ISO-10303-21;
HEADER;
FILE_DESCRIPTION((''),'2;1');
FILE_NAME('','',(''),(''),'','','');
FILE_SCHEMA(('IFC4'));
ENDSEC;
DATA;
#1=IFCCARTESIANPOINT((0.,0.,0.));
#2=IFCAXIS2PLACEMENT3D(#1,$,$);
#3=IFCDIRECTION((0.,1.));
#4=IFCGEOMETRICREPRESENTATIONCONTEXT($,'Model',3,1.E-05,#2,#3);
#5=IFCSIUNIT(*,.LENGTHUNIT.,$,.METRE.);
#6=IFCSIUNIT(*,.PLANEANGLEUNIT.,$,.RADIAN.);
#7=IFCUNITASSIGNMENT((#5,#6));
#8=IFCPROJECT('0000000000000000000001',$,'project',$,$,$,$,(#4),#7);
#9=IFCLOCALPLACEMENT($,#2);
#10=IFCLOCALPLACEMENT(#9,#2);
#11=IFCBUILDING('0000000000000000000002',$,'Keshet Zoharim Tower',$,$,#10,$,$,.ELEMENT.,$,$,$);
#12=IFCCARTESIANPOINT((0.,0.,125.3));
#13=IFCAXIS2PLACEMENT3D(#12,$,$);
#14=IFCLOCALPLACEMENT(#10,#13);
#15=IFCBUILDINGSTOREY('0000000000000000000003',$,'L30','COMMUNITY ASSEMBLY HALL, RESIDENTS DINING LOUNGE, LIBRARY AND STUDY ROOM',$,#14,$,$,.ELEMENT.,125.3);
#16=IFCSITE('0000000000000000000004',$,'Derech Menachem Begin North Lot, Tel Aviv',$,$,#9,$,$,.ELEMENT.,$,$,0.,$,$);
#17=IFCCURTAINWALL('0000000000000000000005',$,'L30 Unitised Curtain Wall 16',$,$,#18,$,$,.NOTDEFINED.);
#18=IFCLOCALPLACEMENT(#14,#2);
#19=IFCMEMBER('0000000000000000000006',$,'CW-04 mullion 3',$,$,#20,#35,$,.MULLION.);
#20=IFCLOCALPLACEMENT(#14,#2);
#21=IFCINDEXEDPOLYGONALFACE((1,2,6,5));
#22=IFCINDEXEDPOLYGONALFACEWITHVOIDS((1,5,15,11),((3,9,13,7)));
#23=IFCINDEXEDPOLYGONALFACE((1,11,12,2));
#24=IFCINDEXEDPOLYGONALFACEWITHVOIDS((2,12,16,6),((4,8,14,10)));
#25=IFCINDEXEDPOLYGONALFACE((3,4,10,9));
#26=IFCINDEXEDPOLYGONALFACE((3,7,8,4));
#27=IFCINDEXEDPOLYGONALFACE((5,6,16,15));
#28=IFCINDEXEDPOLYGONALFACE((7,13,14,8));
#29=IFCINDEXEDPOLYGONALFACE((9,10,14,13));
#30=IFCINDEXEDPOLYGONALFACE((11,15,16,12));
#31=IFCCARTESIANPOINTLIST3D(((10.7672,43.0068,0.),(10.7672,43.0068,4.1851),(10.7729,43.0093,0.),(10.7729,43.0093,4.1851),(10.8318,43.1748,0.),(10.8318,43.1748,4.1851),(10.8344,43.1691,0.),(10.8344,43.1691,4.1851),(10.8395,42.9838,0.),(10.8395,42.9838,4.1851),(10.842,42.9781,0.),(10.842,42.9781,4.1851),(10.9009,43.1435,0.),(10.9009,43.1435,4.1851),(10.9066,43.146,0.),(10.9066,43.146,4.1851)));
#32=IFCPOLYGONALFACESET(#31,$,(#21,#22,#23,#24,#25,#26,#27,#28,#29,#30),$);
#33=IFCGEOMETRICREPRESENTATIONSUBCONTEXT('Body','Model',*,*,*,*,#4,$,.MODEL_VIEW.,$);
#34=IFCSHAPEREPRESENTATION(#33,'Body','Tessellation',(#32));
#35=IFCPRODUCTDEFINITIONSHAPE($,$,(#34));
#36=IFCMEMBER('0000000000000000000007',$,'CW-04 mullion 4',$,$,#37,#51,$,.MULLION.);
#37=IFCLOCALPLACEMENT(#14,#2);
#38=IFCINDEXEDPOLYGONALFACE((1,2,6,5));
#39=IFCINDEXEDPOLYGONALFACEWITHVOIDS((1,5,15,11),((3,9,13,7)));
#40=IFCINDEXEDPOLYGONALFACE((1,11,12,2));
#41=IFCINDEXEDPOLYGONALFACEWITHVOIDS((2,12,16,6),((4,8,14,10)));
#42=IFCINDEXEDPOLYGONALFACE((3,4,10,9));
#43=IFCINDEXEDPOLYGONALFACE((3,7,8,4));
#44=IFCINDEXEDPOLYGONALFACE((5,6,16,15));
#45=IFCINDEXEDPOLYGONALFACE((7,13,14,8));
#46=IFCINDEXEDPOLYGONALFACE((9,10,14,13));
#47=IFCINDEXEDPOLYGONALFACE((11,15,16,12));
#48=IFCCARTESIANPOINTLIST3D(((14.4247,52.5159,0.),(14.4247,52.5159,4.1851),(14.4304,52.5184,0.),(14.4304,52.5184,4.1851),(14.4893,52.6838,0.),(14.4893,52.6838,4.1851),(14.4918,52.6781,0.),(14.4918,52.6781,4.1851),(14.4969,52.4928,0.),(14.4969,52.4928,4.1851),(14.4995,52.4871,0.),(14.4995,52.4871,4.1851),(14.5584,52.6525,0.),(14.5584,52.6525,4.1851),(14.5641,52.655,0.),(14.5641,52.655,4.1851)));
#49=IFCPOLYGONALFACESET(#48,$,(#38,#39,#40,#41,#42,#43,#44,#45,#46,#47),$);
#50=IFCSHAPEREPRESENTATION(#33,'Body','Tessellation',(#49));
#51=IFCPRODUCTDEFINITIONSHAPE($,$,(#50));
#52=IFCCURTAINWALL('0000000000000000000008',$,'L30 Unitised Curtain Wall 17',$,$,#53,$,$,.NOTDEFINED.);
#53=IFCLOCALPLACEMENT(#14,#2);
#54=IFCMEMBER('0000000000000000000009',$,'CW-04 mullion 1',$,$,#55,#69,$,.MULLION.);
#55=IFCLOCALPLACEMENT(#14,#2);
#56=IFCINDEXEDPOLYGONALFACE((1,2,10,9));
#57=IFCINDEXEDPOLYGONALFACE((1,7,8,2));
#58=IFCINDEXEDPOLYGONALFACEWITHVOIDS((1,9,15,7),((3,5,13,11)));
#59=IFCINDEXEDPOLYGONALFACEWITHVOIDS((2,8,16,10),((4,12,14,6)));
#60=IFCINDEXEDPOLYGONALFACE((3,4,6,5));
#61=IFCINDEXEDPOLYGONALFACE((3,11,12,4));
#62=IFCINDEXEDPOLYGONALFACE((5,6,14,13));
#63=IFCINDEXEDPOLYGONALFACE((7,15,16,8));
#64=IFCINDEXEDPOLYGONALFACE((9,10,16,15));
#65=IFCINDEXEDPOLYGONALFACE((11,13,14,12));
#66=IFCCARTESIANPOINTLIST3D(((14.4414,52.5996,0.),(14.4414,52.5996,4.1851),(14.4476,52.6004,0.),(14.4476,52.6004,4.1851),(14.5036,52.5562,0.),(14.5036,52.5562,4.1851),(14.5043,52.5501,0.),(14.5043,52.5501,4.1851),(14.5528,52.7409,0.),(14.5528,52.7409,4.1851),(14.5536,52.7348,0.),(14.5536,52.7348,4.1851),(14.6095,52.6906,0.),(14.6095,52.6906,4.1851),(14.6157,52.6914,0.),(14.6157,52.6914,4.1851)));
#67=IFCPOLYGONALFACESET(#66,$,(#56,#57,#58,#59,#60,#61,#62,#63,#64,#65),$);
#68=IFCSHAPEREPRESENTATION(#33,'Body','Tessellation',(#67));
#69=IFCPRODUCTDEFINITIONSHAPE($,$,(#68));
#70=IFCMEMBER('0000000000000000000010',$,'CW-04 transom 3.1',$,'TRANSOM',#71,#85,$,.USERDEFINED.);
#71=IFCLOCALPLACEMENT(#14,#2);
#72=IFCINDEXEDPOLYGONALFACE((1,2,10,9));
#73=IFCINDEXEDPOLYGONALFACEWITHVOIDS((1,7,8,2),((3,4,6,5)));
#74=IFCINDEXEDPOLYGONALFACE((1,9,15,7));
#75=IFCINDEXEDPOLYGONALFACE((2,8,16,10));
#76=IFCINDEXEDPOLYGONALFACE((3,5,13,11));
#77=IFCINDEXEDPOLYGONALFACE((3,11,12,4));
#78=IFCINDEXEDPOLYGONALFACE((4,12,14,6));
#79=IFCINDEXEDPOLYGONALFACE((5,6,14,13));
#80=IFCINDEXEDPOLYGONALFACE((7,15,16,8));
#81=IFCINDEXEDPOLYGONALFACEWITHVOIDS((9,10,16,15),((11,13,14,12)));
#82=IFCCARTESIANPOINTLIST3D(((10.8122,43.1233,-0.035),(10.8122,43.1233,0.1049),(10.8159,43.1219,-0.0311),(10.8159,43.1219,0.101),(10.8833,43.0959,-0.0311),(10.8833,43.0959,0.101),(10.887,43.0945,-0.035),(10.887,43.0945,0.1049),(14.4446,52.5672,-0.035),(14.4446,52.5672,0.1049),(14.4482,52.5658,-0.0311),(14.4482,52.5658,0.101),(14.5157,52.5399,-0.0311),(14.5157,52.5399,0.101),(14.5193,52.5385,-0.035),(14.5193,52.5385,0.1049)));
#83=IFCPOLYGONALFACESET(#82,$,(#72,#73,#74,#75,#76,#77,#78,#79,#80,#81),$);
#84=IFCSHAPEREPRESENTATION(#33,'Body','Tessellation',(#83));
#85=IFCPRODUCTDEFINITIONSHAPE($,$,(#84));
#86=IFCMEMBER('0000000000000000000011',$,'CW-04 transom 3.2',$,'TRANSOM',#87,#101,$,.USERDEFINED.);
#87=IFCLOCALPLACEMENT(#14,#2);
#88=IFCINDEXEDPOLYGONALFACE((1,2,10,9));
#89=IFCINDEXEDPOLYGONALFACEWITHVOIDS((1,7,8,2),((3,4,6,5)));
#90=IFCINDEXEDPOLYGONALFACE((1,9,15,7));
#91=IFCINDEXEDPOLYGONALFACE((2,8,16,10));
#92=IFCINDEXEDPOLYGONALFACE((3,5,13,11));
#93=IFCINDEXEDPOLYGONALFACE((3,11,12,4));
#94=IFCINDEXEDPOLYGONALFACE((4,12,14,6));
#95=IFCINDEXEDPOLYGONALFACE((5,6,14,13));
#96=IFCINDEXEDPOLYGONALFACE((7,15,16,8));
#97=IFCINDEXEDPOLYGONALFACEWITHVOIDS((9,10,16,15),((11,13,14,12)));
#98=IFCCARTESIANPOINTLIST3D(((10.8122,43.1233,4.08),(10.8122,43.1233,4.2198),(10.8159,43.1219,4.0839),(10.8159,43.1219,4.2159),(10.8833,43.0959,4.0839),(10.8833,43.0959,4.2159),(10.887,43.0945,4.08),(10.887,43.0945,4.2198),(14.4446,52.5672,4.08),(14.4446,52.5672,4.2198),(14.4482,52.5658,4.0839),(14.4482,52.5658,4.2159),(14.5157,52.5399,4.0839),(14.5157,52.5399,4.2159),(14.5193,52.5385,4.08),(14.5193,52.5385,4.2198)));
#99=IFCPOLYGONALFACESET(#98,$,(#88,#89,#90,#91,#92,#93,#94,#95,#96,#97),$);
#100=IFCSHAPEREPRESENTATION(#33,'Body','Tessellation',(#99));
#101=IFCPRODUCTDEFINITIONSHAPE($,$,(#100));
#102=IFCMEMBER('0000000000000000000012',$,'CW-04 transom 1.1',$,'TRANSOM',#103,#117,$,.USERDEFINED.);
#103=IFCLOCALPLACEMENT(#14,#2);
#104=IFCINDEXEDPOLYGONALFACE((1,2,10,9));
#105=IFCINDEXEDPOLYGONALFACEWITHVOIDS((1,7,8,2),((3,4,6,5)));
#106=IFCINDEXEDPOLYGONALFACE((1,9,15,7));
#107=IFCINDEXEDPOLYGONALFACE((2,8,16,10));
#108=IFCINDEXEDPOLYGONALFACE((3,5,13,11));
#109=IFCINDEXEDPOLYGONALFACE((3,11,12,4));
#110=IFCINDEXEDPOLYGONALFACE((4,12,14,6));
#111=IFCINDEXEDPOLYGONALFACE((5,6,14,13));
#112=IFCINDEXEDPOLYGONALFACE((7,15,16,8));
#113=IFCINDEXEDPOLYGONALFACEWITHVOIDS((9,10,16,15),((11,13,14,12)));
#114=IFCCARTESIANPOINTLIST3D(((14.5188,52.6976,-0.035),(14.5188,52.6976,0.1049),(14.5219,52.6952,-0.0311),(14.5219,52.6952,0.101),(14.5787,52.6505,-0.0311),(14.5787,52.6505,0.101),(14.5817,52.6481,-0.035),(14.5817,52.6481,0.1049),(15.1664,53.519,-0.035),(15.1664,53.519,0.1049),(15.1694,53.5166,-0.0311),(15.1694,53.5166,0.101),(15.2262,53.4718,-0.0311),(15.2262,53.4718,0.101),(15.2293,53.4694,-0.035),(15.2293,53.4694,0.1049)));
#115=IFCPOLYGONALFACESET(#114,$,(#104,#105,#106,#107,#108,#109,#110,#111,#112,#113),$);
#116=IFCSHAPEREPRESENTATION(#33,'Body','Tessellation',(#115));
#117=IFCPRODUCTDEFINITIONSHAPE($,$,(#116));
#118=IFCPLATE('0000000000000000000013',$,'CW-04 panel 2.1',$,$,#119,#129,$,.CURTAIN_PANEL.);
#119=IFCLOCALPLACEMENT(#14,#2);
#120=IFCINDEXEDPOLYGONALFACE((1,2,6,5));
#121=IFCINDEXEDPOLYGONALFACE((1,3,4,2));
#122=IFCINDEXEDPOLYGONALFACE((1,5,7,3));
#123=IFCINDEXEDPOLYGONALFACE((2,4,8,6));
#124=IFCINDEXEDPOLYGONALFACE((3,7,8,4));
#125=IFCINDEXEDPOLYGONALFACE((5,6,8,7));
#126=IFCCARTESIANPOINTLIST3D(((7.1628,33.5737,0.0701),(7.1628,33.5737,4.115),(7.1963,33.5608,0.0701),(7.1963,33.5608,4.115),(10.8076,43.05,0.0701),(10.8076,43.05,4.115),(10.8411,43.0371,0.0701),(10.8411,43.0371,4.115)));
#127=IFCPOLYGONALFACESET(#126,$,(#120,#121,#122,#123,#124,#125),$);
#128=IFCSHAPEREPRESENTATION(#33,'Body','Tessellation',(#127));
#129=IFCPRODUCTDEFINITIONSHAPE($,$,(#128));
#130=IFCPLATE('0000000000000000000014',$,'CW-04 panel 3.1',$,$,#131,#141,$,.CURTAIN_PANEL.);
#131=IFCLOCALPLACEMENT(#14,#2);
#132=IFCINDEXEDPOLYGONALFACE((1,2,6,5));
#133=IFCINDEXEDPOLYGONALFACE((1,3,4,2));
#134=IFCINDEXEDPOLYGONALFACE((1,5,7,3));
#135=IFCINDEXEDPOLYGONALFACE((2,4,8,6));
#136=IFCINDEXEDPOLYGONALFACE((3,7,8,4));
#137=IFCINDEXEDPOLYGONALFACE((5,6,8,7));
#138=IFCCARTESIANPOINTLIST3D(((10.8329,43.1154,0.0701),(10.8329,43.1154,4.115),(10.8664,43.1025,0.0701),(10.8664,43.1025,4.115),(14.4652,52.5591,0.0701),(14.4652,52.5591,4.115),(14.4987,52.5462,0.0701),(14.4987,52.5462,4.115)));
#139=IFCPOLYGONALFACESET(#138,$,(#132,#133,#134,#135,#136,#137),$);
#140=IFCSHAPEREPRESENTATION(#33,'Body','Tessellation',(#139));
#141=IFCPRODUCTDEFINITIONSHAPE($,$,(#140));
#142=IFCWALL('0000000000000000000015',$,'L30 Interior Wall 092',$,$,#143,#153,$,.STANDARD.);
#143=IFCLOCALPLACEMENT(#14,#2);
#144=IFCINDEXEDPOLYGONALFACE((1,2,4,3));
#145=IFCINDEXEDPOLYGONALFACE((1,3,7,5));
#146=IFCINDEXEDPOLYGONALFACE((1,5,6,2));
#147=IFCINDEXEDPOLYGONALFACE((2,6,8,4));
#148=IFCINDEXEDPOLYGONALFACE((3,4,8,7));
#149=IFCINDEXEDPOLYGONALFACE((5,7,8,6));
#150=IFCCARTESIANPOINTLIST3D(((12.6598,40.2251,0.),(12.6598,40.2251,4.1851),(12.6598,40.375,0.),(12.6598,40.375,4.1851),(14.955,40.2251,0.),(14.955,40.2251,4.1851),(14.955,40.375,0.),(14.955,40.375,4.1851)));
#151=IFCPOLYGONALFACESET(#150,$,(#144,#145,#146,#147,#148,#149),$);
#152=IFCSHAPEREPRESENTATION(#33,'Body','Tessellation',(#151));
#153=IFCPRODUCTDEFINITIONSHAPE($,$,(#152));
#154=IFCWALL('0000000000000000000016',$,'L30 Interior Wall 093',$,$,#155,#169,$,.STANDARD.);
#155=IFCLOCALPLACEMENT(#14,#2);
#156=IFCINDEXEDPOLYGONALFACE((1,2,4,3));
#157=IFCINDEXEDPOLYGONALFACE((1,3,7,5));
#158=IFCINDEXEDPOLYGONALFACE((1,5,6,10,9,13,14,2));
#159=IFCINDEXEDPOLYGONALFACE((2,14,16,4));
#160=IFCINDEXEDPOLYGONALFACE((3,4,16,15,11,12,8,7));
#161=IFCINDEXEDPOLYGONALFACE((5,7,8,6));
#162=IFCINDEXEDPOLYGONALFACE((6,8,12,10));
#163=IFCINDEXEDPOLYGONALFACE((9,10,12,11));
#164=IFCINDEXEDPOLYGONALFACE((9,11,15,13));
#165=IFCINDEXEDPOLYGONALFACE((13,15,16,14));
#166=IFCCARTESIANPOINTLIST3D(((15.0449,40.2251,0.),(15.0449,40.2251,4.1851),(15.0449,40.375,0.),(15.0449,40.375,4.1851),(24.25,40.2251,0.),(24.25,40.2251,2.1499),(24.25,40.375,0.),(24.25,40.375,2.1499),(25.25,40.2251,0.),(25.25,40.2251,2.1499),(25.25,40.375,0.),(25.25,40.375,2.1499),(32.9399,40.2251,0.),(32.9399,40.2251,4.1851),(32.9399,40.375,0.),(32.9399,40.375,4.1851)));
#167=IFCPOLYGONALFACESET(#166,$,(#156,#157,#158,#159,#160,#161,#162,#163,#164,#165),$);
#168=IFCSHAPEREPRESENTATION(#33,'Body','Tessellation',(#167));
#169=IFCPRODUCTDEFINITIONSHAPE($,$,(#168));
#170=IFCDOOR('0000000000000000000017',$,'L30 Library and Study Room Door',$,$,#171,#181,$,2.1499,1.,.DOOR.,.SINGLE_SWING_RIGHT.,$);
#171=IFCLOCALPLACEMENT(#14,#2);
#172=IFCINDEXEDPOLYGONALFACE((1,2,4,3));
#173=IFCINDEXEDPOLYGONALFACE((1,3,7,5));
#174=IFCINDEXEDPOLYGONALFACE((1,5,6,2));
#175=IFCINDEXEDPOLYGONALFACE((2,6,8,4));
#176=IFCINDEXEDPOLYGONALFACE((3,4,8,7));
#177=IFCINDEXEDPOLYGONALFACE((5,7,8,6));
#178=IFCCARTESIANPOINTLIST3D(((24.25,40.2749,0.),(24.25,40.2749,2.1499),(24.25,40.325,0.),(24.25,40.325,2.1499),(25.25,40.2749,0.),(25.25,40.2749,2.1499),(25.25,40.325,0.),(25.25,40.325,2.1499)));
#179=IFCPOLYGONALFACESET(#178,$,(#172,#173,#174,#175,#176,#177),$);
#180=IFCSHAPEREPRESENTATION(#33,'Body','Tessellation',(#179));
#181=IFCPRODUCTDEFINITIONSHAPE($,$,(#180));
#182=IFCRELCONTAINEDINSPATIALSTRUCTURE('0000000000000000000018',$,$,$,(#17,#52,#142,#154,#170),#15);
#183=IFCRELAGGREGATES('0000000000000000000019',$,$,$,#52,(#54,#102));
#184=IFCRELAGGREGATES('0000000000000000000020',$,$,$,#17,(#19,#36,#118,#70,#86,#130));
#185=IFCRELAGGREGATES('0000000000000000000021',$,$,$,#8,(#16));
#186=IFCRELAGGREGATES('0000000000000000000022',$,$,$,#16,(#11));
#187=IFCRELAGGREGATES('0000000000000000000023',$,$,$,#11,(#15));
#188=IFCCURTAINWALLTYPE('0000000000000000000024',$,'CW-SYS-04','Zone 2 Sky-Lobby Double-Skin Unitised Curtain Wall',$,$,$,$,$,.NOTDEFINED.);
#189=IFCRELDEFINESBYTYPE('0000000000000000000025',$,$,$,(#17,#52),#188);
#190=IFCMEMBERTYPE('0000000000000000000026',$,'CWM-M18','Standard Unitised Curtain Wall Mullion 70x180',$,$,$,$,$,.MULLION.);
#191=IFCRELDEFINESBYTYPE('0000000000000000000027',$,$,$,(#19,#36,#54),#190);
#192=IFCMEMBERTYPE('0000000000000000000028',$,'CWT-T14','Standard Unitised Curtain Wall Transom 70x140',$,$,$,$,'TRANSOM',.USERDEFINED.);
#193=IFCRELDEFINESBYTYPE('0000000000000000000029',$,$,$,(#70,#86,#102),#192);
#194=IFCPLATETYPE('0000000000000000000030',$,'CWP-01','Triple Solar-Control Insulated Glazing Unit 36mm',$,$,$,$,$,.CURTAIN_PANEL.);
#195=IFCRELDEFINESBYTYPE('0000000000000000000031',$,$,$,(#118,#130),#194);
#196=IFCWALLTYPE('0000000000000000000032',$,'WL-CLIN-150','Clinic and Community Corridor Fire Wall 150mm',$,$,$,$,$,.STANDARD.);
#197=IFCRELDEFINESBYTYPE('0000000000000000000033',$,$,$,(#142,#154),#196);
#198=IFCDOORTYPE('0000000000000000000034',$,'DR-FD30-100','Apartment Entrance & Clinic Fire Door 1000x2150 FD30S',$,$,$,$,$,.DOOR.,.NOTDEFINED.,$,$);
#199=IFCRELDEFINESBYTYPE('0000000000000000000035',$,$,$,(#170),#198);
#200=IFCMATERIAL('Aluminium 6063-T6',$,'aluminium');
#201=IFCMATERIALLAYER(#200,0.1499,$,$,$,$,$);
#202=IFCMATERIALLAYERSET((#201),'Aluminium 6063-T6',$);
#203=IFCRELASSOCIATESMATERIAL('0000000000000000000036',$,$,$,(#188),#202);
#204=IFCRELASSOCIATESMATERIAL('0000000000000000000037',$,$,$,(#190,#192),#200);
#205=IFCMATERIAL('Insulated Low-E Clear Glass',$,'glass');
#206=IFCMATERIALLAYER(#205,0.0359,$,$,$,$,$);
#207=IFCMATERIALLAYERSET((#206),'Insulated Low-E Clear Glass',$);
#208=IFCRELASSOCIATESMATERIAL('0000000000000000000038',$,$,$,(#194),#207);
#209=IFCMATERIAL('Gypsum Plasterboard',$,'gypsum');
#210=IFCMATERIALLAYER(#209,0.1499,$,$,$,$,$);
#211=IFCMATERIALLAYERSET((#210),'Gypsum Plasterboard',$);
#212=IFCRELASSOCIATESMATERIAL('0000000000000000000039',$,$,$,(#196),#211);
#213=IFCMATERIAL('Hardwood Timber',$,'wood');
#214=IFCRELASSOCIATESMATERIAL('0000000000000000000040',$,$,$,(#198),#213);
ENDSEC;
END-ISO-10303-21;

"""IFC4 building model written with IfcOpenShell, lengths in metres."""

from ifc_helpers import new_model, si_unit, direction, frame, frame_2d, origin, origin_2d, place, context, subcontext, project, spatial, rectangle, hollow_rectangle, extrude, material, layer, layer_set, material_profile, profile_set, type_object, element, fill, aggregate, save


model = new_model("IFC4")

# Units and contexts
model_context = context("Model", 3, precision=1e-05, world=origin(), true_north=direction((0.0, 1.0)))
body_context = subcontext(model_context, "Body", "Model", "MODEL_VIEW")
ifc_project = project(units=[si_unit("LENGTHUNIT", "METRE"), si_unit("PLANEANGLEUNIT", "RADIAN")], contexts=[model_context])

# Site, building, storey
site_placement = place(None, origin())
site = spatial("IfcSite", under=ifc_project, at=site_placement, Name="Derech Menachem Begin North Lot, Tel Aviv", CompositionType="ELEMENT", RefElevation=0.0)
building_placement = place(site_placement, origin())
building = spatial("IfcBuilding", under=site, at=building_placement, Name="Keshet Zoharim Tower", CompositionType="ELEMENT")
storey_placement = place(building_placement, frame((0.0, 0.0, 125.3)))
storey = spatial("IfcBuildingStorey", under=building, at=storey_placement, Name="L30", Description="COMMUNITY ASSEMBLY HALL, RESIDENTS DINING LOUNGE, LIBRARY AND STUDY ROOM", CompositionType="ELEMENT", Elevation=125.3)

# Curtain wall, members
ifc_material_1 = material(Name="Aluminium 6063-T6", Category="aluminium")
ifc_layer_1 = layer(ifc_material_1, 0.1499)
ifc_layer_set_1 = layer_set([ifc_layer_1], Name="Aluminium 6063-T6")
curtain_wall_type = type_object("IfcCurtainWallType", Name="CW-SYS-04", Description="Zone 2 Sky-Lobby Double-Skin Unitised Curtain Wall", PredefinedType="NOTDEFINED", material=ifc_layer_set_1)
curtain_wall_1_placement = place(storey_placement, origin())
curtain_wall_1 = element("IfcCurtainWall", 1, at=curtain_wall_1_placement, inside=storey, type_object=curtain_wall_type, Name="L30 Unitised Curtain Wall 16", PredefinedType="NOTDEFINED")
ifc_material_profile_1 = material_profile(ifc_material_1, hollow_rectangle(XDim=0.0801, YDim=0.1799, WallThickness=0.0044, at=origin_2d()), Name="MUL-80x180")
ifc_profile_set_1 = profile_set([ifc_material_profile_1], Name="Aluminium 6063-T6")
member_type_1 = type_object("IfcMemberType", Name="CWM-M18", Description="Standard Unitised Curtain Wall Mullion 70x180", PredefinedType="MULLION", material=ifc_profile_set_1)
member_1_placement = place(storey_placement, frame((10.8369, 43.0764, 0.0), z_axis=(0.0, 0.0, 1.0), x_axis=(-0.933341, 0.35899, 0.0)))
member_1 = element("IfcMember", 2, at=member_1_placement, type_object=member_type_1, Name="CW-04 mullion 3", PredefinedType="MULLION", context=body_context, shape_type="SweptSolid", body=[
    extrude(hollow_rectangle(XDim=0.0801, YDim=0.1799, WallThickness=0.0044, at=origin_2d()), origin(), (0.0, 0.0, 1.0), 4.1851),
])
member_2_placement = place(storey_placement, frame((14.4944, 52.5854, 0.0), z_axis=(0.0, 0.0, 1.0), x_axis=(-0.933341, 0.35899, 0.0)))
member_2 = element("IfcMember", 3, at=member_2_placement, type_object=member_type_1, Name="CW-04 mullion 4", PredefinedType="MULLION", context=body_context, shape_type="SweptSolid", body=[
    extrude(hollow_rectangle(XDim=0.0801, YDim=0.1799, WallThickness=0.0044, at=origin_2d()), origin(), (0.0, 0.0, 1.0), 4.1851),
])

# Curtain wall, member
curtain_wall_2_placement = place(storey_placement, origin())
curtain_wall_2 = element("IfcCurtainWall", 4, at=curtain_wall_2_placement, inside=storey, type_object=curtain_wall_type, Name="L30 Unitised Curtain Wall 17", PredefinedType="NOTDEFINED")
member_3_placement = place(storey_placement, frame((14.5286, 52.6455, 0.0), z_axis=(0.0, 0.0, 1.0), x_axis=(-0.785293, 0.619125, 0.0)))
member_3 = element("IfcMember", 5, at=member_3_placement, type_object=member_type_1, Name="CW-04 mullion 1", PredefinedType="MULLION", context=body_context, shape_type="SweptSolid", body=[
    extrude(hollow_rectangle(XDim=0.0801, YDim=0.1799, WallThickness=0.0044, at=origin_2d()), origin(), (0.0, 0.0, 1.0), 4.1851),
])

# Members
ifc_material_profile_2 = material_profile(ifc_material_1, hollow_rectangle(XDim=0.0801, YDim=0.1399, WallThickness=0.0039, at=origin_2d()), Name="TRN-80x140")
ifc_profile_set_2 = profile_set([ifc_material_profile_2], Name="Aluminium 6063-T6")
member_type_2 = type_object("IfcMemberType", Name="CWT-T14", Description="Standard Unitised Curtain Wall Transom 70x140", ElementType="TRANSOM", PredefinedType="USERDEFINED", material=ifc_profile_set_2)
member_4_placement = place(storey_placement, frame((10.8496, 43.1089, 0.0349), z_axis=(0.358986, 0.933343, 0.0), x_axis=(-0.933343, 0.358986, 0.0)))
member_4 = element("IfcMember", 6, at=member_4_placement, type_object=member_type_2, Name="CW-04 transom 3.1", ObjectType="TRANSOM", PredefinedType="USERDEFINED", context=body_context, shape_type="SweptSolid", body=[
    extrude(hollow_rectangle(XDim=0.0801, YDim=0.1399, WallThickness=0.0039, at=origin_2d()), origin(), (0.0, 0.0, 1.0), 10.1184),
])
member_5_placement = place(storey_placement, frame((10.8496, 43.1089, 4.1499), z_axis=(0.358986, 0.933343, 0.0), x_axis=(-0.933343, 0.358986, 0.0)))
member_5 = element("IfcMember", 7, at=member_5_placement, type_object=member_type_2, Name="CW-04 transom 3.2", ObjectType="TRANSOM", PredefinedType="USERDEFINED", context=body_context, shape_type="SweptSolid", body=[
    extrude(hollow_rectangle(XDim=0.0801, YDim=0.1399, WallThickness=0.0039, at=origin_2d()), origin(), (0.0, 0.0, 1.0), 10.1184),
])
member_6_placement = place(storey_placement, frame((14.5503, 52.6729, 0.0349), z_axis=(0.619099, 0.785313, 0.0), x_axis=(-0.785313, 0.619099, 0.0)))
member_6 = element("IfcMember", 8, at=member_6_placement, type_object=member_type_2, Name="CW-04 transom 1.1", ObjectType="TRANSOM", PredefinedType="USERDEFINED", context=body_context, shape_type="SweptSolid", body=[
    extrude(hollow_rectangle(XDim=0.0801, YDim=0.1399, WallThickness=0.0039, at=origin_2d()), origin(), (0.0, 0.0, 1.0), 1.0459),
])
aggregate(curtain_wall_2, [member_3, member_6])

# Plates
ifc_material_2 = material(Name="Insulated Low-E Clear Glass", Category="glass")
ifc_layer_2 = layer(ifc_material_2, 0.0359)
ifc_layer_set_2 = layer_set([ifc_layer_2], Name="Insulated Low-E Clear Glass")
plate_type = type_object("IfcPlateType", Name="CWP-01", Description="Triple Solar-Control Insulated Glazing Unit 36mm", PredefinedType="CURTAIN_PANEL", material=ifc_layer_set_2)
plate_1_placement = place(storey_placement, frame((9.002, 38.3054, 0.0701), z_axis=(0.0, 0.0, 1.0), x_axis=(0.35899, 0.933341, 0.0)))
plate_1 = element("IfcPlate", 9, at=plate_1_placement, type_object=plate_type, Name="CW-04 panel 2.1", PredefinedType="CURTAIN_PANEL", context=body_context, shape_type="SweptSolid", body=[
    extrude(rectangle(XDim=10.1531, YDim=0.0359, at=origin_2d()), origin(), (0.0, 0.0, 1.0), 4.0449),
])
plate_2_placement = place(storey_placement, frame((12.6658, 47.8308, 0.0701), z_axis=(0.0, 0.0, 1.0), x_axis=(0.35899, 0.933341, 0.0)))
plate_2 = element("IfcPlate", 10, at=plate_2_placement, type_object=plate_type, Name="CW-04 panel 3.1", PredefinedType="CURTAIN_PANEL", context=body_context, shape_type="SweptSolid", body=[
    extrude(rectangle(XDim=10.1182, YDim=0.0359, at=origin_2d()), origin(), (0.0, 0.0, 1.0), 4.0449),
])
aggregate(curtain_wall_1, [member_1, member_2, plate_1, member_4, member_5, plate_2])

# Shared definitions
ifc_material_3 = material(Name="Gypsum Plasterboard", Category="gypsum")
ifc_layer_3 = layer(ifc_material_3, 0.1499)
ifc_layer_set_3 = layer_set([ifc_layer_3], Name="Gypsum Plasterboard")
wall_type_1 = type_object("IfcWallType", Name="WL-CLIN-150", Description="Clinic and Community Corridor Fire Wall 150mm", PredefinedType="STANDARD", material=ifc_layer_set_3)
ifc_material_4 = material(Name="Hardwood Timber", Category="wood")
door_type_1 = type_object("IfcDoorType", Name="DR-FD30-100", Description="Apartment Entrance & Clinic Fire Door 1000x2150 FD30S", OperationType="NOTDEFINED", PredefinedType="DOOR", material=ifc_material_4)

# Wall
wall_1_placement = place(storey_placement, frame((12.6599, 40.3, 0.0), z_axis=(0.0, 0.0, 1.0), x_axis=(1.0, 0.0, 0.0)))
element("IfcWall", 11, at=wall_1_placement, inside=storey, type_object=wall_type_1, Name="L30 Interior Wall 092", PredefinedType="STANDARD", context=body_context, shape_type="SweptSolid", body=[
    extrude(rectangle(XDim=2.2952, YDim=0.1499, at=frame_2d((1.1475, 0.0))), origin(), (0.0, 0.0, 1.0), 4.1851),
])

# Wall, opening, door
wall_2_placement = place(storey_placement, frame((15.0449, 40.3, 0.0), z_axis=(0.0, 0.0, 1.0), x_axis=(1.0, 0.0, 0.0)))
wall_2 = element("IfcWall", 12, at=wall_2_placement, inside=storey, type_object=wall_type_1, Name="L30 Interior Wall 093", PredefinedType="STANDARD", context=body_context, shape_type="SweptSolid", body=[
    extrude(rectangle(XDim=17.895, YDim=0.1499, at=frame_2d((8.9475, 0.0))), origin(), (0.0, 0.0, 1.0), 4.1851),
])
opening_1_placement = place(wall_2_placement, frame((9.2051, 0.0, 0.0)))
opening_1 = element("IfcOpeningElement", 13, at=opening_1_placement, cuts=wall_2, PredefinedType="OPENING", context=body_context, shape_type="SweptSolid", body=[
    extrude(rectangle(XDim=1.0, YDim=2.1499, at=frame_2d((0.5, 1.075))), frame((0.0, 0.085, 0.0), z_axis=(0.0, -1.0, 0.0), x_axis=(1.0, 0.0, 0.0)), (0.0, 0.0, 1.0), 0.1699),
])
door_1_placement = place(opening_1_placement, origin())
door_1 = element("IfcDoor", 14, at=door_1_placement, inside=storey, type_object=door_type_1, Name="L30 Library and Study Room Door", OperationType="SINGLE_SWING_RIGHT", OverallHeight=2.1499, OverallWidth=1.0, PredefinedType="DOOR", context=body_context, shape_type="SweptSolid", body=[
    extrude(rectangle(XDim=1.0, YDim=2.1499, at=frame_2d((0.5, 1.075))), frame((0.0, 0.0249, 0.0), z_axis=(0.0, -1.0, 0.0), x_axis=(1.0, 0.0, 0.0)), (0.0, 0.0, 1.0), 0.05),
])
fill(opening_1, door_1)

save(model, "model.ifc")
